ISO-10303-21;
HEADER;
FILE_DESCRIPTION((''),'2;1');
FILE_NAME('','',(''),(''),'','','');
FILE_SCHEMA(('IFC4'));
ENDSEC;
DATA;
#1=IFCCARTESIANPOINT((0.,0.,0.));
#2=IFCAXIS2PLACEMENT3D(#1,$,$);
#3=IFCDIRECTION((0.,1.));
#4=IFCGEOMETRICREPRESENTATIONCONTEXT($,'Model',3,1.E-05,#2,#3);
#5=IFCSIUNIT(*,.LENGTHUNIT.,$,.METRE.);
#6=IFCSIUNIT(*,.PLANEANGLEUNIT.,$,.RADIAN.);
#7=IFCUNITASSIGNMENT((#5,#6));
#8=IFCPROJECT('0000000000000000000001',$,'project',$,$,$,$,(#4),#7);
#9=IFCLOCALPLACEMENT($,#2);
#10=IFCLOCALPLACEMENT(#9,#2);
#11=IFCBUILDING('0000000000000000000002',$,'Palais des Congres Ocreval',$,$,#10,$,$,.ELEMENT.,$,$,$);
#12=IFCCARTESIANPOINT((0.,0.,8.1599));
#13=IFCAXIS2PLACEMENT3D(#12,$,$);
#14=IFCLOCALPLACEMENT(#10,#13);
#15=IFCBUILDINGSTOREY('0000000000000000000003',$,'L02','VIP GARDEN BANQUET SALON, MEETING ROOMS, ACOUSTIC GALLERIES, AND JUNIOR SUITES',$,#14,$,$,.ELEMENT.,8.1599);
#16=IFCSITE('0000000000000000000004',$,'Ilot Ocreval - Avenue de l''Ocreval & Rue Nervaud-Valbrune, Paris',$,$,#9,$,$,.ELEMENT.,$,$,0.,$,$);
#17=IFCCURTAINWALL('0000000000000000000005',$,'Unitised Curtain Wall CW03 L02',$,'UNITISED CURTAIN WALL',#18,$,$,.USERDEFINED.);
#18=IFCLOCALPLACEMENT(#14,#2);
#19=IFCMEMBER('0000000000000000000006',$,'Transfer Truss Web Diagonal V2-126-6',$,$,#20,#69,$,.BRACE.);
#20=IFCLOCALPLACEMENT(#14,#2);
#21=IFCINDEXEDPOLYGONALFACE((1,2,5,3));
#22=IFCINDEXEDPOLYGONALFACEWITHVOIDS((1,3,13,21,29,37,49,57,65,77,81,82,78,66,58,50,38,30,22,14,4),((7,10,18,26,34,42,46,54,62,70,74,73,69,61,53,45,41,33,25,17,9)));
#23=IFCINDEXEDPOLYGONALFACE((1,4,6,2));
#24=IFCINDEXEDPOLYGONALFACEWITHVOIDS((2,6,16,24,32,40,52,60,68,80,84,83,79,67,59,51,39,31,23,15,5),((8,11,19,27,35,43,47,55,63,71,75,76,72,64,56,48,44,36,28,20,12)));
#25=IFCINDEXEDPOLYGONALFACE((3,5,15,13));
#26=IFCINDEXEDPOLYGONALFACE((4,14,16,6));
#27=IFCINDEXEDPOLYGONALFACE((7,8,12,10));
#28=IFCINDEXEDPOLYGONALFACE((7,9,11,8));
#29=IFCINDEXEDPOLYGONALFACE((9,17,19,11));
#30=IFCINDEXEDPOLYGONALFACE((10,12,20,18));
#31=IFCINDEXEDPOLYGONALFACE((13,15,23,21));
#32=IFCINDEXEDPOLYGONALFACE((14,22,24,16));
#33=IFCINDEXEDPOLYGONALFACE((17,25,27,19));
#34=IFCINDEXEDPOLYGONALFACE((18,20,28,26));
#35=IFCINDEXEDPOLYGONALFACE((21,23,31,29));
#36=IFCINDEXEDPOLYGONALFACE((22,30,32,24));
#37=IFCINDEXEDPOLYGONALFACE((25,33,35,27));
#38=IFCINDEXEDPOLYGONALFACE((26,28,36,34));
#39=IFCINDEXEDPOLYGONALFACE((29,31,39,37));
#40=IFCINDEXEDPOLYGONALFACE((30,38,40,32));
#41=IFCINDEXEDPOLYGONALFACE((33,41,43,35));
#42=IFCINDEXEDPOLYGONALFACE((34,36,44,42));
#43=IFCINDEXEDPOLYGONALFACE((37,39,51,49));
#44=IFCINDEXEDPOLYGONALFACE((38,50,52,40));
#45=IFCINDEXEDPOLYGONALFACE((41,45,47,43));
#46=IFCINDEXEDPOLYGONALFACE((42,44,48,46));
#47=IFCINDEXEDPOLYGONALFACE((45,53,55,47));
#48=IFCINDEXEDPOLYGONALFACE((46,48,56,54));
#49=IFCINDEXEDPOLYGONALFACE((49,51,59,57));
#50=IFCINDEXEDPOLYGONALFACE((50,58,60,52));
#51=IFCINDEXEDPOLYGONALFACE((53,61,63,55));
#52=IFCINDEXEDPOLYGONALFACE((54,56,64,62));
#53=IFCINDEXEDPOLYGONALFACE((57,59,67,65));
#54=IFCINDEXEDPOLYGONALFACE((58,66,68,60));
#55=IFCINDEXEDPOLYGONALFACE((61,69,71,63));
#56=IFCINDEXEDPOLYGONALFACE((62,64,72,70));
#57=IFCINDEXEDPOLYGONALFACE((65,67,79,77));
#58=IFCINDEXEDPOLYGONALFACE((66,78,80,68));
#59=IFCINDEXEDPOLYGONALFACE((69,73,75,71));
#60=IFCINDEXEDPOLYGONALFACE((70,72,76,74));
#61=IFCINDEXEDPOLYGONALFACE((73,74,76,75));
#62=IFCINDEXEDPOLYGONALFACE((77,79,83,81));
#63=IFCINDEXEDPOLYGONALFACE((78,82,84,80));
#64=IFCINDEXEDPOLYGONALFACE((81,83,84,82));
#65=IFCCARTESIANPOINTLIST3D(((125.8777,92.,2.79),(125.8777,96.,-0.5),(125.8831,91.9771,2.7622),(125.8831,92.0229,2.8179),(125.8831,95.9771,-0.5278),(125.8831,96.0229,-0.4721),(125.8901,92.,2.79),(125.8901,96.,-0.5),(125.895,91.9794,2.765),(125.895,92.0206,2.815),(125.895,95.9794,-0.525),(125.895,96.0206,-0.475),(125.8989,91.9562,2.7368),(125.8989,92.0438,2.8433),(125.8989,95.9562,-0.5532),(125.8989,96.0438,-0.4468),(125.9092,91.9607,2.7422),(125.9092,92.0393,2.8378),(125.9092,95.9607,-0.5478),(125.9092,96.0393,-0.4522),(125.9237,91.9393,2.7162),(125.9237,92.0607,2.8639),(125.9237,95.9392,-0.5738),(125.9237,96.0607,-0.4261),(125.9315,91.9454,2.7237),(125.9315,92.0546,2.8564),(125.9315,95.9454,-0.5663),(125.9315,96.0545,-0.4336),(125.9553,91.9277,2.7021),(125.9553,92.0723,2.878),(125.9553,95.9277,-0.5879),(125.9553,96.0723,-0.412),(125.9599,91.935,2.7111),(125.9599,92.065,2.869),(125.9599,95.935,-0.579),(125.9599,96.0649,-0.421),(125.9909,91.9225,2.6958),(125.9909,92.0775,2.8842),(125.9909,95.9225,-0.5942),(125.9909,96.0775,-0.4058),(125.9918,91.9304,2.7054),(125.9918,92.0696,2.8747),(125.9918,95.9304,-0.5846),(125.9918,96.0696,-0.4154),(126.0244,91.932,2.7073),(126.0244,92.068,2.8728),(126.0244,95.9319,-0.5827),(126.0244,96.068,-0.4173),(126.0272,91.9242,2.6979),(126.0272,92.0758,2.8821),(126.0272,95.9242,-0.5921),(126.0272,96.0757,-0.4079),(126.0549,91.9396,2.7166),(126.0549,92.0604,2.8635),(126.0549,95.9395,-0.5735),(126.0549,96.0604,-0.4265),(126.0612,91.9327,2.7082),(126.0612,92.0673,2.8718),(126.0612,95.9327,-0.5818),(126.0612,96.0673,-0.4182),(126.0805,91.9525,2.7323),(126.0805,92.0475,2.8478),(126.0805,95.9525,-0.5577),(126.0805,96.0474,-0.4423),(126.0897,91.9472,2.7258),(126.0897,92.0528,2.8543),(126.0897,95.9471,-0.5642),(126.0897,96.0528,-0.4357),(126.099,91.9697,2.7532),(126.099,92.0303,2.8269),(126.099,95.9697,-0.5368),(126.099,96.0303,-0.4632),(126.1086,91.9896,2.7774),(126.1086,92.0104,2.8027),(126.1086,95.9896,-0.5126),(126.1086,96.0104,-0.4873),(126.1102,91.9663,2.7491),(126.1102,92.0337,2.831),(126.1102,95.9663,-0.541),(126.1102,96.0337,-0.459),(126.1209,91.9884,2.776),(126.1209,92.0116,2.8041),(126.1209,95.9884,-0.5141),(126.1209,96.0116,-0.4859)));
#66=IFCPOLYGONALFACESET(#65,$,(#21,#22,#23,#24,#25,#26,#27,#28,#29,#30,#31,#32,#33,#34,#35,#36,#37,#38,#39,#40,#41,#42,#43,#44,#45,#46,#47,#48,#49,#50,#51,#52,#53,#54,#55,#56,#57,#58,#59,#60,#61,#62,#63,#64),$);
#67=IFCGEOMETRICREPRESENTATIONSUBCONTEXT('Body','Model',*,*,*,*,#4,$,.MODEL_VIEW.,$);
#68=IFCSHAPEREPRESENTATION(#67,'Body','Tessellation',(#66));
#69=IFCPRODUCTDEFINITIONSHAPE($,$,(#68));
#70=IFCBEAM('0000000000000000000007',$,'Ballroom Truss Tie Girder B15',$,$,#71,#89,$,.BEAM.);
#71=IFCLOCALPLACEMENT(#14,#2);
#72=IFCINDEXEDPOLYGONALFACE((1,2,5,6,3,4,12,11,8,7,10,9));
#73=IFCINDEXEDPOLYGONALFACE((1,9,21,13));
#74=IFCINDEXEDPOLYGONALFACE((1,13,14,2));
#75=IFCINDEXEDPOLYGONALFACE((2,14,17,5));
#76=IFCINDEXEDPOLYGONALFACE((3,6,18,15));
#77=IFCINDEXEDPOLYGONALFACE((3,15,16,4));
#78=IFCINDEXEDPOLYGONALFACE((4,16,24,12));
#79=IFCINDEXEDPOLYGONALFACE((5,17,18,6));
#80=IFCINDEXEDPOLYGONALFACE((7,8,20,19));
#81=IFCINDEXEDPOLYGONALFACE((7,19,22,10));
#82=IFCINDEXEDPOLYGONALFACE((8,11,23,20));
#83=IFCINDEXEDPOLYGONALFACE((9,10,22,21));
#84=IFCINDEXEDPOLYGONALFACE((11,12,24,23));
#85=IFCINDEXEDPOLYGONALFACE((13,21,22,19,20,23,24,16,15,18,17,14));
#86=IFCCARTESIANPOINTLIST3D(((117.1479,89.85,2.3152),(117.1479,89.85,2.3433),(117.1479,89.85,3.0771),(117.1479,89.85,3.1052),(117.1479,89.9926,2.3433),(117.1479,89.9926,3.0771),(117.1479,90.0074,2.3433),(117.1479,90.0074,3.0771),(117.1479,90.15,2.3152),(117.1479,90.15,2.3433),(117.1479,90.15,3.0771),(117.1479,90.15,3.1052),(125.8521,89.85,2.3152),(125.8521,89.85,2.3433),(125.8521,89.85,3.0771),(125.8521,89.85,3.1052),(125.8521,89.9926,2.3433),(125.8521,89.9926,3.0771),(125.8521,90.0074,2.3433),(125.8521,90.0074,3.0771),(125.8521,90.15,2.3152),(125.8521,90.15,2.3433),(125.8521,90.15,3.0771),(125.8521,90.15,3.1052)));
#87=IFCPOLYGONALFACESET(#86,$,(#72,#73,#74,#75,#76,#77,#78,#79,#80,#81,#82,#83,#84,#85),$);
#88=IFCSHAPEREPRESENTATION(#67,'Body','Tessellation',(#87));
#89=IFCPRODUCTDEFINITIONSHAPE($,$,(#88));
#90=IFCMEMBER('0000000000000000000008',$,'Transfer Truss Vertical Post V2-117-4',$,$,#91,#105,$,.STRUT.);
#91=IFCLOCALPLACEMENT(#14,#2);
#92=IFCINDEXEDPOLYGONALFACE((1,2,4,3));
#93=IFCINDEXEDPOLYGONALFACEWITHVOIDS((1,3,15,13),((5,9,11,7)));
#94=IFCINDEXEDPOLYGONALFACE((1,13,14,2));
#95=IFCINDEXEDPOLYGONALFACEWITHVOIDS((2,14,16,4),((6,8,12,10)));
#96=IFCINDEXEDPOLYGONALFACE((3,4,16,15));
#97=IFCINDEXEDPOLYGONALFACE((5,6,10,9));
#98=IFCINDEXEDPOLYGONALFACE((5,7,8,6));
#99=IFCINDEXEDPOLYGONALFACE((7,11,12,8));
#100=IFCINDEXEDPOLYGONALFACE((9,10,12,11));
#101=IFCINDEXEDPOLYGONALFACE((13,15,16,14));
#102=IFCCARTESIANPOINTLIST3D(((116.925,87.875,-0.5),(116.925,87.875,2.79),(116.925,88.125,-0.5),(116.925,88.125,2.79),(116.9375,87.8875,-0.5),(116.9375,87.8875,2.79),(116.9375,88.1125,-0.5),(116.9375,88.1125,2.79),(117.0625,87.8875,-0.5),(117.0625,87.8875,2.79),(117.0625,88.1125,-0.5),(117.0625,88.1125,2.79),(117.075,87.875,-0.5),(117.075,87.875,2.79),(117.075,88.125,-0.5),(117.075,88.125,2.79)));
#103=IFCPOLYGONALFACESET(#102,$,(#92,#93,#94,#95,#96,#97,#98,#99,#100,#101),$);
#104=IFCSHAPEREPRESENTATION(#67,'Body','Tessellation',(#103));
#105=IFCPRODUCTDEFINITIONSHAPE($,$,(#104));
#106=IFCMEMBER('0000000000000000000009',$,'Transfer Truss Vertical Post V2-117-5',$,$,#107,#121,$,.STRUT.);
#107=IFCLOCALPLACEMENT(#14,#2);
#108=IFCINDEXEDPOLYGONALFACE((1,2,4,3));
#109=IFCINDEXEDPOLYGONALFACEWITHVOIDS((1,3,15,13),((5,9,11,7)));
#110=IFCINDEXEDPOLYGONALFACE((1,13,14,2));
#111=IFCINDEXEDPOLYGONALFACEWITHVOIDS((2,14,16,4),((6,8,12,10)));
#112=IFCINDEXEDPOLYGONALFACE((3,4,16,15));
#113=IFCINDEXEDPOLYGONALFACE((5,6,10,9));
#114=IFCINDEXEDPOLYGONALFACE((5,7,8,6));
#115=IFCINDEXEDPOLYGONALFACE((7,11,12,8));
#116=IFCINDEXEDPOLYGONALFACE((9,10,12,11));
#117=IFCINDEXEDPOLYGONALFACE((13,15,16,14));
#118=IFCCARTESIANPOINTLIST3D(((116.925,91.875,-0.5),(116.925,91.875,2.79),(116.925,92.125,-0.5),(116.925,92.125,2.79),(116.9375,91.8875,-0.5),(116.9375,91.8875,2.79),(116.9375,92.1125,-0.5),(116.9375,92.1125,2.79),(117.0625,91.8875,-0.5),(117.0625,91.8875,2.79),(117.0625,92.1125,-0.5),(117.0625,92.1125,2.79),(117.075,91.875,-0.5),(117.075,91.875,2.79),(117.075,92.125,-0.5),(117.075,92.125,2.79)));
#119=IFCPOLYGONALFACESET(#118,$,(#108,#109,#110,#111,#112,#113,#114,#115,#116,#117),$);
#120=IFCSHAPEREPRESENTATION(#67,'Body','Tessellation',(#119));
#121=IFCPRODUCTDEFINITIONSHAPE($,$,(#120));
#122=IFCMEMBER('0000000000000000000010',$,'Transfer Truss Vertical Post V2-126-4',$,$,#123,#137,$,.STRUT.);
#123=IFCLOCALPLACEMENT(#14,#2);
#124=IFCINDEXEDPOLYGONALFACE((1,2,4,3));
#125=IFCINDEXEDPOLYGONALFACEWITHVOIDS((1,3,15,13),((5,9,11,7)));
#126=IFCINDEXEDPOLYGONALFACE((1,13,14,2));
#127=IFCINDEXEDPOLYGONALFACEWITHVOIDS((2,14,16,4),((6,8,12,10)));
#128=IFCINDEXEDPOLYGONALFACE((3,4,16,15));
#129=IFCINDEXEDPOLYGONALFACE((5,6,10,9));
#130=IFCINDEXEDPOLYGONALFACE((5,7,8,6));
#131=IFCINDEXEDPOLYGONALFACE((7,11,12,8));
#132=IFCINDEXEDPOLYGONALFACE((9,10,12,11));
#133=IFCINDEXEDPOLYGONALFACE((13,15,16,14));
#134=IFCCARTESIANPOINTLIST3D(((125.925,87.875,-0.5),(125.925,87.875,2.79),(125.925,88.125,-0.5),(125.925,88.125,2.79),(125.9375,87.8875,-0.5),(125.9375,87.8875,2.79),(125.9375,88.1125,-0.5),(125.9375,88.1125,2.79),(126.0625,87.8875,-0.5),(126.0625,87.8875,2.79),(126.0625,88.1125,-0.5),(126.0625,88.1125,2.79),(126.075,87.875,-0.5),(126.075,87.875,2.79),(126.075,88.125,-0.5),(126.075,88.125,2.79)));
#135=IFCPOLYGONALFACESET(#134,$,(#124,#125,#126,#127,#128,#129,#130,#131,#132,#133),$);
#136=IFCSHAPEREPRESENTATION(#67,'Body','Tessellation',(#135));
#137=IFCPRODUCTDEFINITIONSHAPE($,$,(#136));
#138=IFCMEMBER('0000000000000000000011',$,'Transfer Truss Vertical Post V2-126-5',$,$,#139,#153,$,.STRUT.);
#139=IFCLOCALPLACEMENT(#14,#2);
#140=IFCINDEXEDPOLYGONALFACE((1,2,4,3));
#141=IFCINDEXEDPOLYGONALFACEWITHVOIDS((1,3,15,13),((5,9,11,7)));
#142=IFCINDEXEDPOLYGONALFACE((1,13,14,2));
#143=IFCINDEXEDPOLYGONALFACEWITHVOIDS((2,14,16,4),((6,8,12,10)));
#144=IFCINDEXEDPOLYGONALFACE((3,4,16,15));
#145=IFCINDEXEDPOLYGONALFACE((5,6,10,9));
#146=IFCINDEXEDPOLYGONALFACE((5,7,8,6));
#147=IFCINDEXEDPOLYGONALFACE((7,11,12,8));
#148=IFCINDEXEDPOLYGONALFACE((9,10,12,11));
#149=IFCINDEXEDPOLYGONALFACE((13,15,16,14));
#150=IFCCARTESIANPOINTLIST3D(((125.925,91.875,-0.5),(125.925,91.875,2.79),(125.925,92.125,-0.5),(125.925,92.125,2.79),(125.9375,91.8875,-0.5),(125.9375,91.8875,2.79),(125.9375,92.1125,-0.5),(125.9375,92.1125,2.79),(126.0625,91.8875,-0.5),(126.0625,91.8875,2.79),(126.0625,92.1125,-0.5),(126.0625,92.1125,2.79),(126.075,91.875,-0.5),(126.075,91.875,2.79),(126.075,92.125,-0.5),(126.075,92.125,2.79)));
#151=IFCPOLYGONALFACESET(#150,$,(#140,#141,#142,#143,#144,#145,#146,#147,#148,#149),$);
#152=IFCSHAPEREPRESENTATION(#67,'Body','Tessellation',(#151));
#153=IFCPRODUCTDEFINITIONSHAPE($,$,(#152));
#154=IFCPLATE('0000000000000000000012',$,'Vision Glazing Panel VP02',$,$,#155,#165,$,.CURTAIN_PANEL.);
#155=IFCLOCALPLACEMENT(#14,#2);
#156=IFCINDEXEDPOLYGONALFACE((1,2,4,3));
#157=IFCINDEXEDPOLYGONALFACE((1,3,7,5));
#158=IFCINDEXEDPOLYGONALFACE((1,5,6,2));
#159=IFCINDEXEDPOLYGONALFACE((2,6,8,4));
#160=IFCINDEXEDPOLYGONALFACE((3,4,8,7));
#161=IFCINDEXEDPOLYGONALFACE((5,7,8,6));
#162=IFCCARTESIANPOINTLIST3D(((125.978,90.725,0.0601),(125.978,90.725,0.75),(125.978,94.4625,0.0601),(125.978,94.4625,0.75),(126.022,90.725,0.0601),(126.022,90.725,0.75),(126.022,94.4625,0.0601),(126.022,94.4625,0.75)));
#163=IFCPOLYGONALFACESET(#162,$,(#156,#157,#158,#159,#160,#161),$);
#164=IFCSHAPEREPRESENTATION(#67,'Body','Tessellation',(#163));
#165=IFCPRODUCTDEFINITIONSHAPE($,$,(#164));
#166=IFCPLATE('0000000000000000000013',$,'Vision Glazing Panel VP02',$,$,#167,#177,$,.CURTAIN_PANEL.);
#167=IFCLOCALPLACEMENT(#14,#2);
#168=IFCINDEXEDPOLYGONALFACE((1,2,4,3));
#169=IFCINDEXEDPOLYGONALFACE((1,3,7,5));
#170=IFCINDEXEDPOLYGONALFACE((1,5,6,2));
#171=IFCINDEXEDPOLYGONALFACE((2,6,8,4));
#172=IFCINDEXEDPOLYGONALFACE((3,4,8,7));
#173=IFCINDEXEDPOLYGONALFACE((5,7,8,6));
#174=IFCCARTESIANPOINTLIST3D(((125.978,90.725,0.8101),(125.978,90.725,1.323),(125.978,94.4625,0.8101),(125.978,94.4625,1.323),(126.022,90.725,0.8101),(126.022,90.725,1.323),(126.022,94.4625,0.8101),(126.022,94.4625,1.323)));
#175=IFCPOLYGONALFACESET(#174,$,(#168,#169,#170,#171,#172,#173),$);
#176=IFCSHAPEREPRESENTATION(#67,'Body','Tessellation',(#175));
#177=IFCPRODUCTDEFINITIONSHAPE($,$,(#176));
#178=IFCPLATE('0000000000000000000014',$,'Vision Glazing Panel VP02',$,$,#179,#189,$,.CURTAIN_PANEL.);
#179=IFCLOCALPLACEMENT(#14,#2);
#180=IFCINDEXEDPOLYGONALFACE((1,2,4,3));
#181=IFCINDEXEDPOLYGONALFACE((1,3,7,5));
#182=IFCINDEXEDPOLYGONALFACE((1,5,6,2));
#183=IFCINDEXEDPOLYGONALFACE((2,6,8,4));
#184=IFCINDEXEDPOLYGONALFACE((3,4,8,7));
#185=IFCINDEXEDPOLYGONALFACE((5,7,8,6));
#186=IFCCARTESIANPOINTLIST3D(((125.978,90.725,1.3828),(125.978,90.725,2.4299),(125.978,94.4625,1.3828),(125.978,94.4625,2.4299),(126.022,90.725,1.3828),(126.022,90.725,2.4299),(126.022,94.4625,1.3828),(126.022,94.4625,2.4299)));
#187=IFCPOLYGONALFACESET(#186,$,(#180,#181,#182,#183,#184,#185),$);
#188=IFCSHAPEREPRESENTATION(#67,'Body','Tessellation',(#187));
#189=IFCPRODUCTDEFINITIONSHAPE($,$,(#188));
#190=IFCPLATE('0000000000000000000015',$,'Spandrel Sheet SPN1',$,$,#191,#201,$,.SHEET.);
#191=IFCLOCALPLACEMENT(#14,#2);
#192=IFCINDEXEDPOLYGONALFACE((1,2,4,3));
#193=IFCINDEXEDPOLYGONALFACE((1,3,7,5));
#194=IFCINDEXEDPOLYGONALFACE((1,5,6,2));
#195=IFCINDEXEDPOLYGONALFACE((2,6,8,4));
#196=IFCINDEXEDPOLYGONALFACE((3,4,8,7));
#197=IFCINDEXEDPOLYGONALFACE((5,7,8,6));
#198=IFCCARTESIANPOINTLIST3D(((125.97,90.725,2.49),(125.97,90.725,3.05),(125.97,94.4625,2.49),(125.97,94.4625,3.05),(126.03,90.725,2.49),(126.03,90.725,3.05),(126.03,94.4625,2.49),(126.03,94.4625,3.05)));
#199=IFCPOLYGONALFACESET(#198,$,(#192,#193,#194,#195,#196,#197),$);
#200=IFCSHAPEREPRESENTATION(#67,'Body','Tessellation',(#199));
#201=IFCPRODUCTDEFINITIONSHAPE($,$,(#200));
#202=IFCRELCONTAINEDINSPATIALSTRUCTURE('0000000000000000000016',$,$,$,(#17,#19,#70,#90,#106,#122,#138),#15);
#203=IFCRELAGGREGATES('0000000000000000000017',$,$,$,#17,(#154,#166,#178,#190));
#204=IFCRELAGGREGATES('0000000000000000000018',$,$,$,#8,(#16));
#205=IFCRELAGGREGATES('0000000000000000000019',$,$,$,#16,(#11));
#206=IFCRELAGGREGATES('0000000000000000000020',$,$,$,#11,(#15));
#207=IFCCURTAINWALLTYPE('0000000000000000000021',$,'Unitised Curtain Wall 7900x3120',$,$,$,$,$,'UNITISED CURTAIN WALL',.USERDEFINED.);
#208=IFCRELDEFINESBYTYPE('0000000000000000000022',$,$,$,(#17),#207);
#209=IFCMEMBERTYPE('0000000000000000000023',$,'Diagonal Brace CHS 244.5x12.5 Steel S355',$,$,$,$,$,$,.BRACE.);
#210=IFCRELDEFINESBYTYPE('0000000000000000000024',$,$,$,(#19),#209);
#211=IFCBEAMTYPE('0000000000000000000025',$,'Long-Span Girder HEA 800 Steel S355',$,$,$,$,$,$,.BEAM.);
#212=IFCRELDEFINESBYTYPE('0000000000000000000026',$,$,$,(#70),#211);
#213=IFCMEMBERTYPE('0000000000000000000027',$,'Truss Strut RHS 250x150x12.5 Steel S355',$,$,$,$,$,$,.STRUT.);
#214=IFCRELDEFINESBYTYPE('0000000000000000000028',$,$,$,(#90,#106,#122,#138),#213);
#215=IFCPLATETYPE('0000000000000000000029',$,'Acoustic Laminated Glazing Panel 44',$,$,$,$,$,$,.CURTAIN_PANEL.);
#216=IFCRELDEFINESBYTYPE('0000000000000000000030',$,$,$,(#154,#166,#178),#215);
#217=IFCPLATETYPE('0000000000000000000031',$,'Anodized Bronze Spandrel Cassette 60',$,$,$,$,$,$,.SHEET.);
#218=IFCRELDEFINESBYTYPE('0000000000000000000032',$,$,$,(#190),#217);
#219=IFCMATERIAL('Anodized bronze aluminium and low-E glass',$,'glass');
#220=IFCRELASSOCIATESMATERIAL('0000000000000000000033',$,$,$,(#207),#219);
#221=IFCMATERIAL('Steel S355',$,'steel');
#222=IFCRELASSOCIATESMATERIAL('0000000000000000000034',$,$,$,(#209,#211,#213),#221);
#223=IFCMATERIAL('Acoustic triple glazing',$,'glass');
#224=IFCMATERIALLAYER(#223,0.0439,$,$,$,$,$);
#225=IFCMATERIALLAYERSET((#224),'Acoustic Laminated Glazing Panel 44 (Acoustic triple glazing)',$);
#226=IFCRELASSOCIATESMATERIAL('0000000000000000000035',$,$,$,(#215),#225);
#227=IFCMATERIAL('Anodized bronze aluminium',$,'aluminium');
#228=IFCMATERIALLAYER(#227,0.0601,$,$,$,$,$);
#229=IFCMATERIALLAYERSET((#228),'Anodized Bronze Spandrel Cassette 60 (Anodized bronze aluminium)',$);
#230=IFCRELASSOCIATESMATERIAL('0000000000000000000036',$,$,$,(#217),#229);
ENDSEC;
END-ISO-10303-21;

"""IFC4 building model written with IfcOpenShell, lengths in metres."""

from ifc_helpers import new_model, si_unit, direction, frame, origin, origin_2d, place, context, subcontext, project, spatial, rectangle, hollow_rectangle, hollow_circle, i_section, extrude, material, layer, layer_set, material_profile, profile_set, type_object, element, aggregate, save


model = new_model("IFC4")

# Units and contexts
model_context = context("Model", 3, precision=1e-05, world=origin(), true_north=direction((0.0, 1.0)))
body_context = subcontext(model_context, "Body", "Model", "MODEL_VIEW")
ifc_project = project(units=[si_unit("LENGTHUNIT", "METRE"), si_unit("PLANEANGLEUNIT", "RADIAN")], contexts=[model_context])

# Site, building, storey
site_placement = place(None, origin())
site = spatial("IfcSite", under=ifc_project, at=site_placement, Name="Ilot Ocreval - Avenue de l'Ocreval & Rue Nervaud-Valbrune, Paris", CompositionType="ELEMENT", RefElevation=0.0)
building_placement = place(site_placement, origin())
building = spatial("IfcBuilding", under=site, at=building_placement, Name="Palais des Congres Ocreval", CompositionType="ELEMENT")
storey_placement = place(building_placement, frame((0.0, 0.0, 8.1599)))
storey = spatial("IfcBuildingStorey", under=building, at=storey_placement, Name="L02", Description="VIP GARDEN BANQUET SALON, MEETING ROOMS, ACOUSTIC GALLERIES, AND JUNIOR SUITES", CompositionType="ELEMENT", Elevation=8.1599)

# Curtain wall
ifc_material_1 = material(Name="Anodized bronze aluminium and low-E glass", Category="glass")
curtain_wall_type = type_object("IfcCurtainWallType", Name="Unitised Curtain Wall 7900x3120", ElementType="UNITISED CURTAIN WALL", PredefinedType="USERDEFINED", material=ifc_material_1)
curtain_wall_1_placement = place(storey_placement, origin())
curtain_wall_1 = element("IfcCurtainWall", 1, at=curtain_wall_1_placement, inside=storey, type_object=curtain_wall_type, Name="Unitised Curtain Wall CW03 L02", ObjectType="UNITISED CURTAIN WALL", PredefinedType="USERDEFINED")
ifc_material_2 = material(Name="Anodized bronze aluminium", Category="aluminium")

# Member
ifc_material_3 = material(Name="Steel S355", Category="steel")
ifc_material_profile_1 = material_profile(ifc_material_3, hollow_circle(Radius=0.1223, WallThickness=0.0125, at=origin_2d()), Name="CHS 244.5x12.5")
ifc_profile_set_1 = profile_set([ifc_material_profile_1], Name="Steel S355")
member_type_1 = type_object("IfcMemberType", Name="Diagonal Brace CHS 244.5x12.5 Steel S355", PredefinedType="BRACE", material=ifc_profile_set_1)
for number, where, z_axis, x_axis, name in (
    (2, (126.0, 92.0, 2.79), (0.0, 0.772317, -0.635238), (-1.0, 0.0, 0.0), "Transfer Truss Web Diagonal V2-126-6"),
):
    element("IfcMember", number, at=place(storey_placement, frame(where, z_axis=z_axis, x_axis=x_axis)), inside=storey, type_object=member_type_1, Name=name, PredefinedType="BRACE", context=body_context, shape_type="SweptSolid", body=[
        extrude(hollow_circle(Radius=0.1223, WallThickness=0.0125, at=origin_2d()), origin(), (0.0, 0.0, 1.0), 5.1792),
    ])

# Beam
ifc_material_profile_2 = material_profile(ifc_material_3, i_section(OverallWidth=0.3, OverallDepth=0.79, WebThickness=0.0149, FlangeThickness=0.0281, at=origin_2d()), Name="HEA 800")
ifc_profile_set_2 = profile_set([ifc_material_profile_2], Name="Steel S355")
beam_type = type_object("IfcBeamType", Name="Long-Span Girder HEA 800 Steel S355", PredefinedType="BEAM", material=ifc_profile_set_2)
beam_placement = place(storey_placement, frame((117.1479, 90.0, 2.7102), z_axis=(1.0, 0.0, 0.0), x_axis=(0.0, 1.0, 0.0)))
element("IfcBeam", 3, at=beam_placement, inside=storey, type_object=beam_type, Name="Ballroom Truss Tie Girder B15", PredefinedType="BEAM", context=body_context, shape_type="SweptSolid", body=[
    extrude(i_section(OverallWidth=0.3, OverallDepth=0.79, WebThickness=0.0149, FlangeThickness=0.0281, at=origin_2d()), origin(), (0.0, 0.0, 1.0), 8.7041),
])

# Members
ifc_material_profile_3 = material_profile(ifc_material_3, hollow_rectangle(XDim=0.1499, YDim=0.25, WallThickness=0.0125, at=origin_2d()), Name="RHS 250x150x12.5")
ifc_profile_set_3 = profile_set([ifc_material_profile_3], Name="Steel S355")
member_type_2 = type_object("IfcMemberType", Name="Truss Strut RHS 250x150x12.5 Steel S355", PredefinedType="STRUT", material=ifc_profile_set_3)
for number, where, z_axis, x_axis, name in (
    (4, (117.0, 88.0, -0.5), (0.0, 0.0, 1.0), (1.0, 0.0, 0.0), "Transfer Truss Vertical Post V2-117-4"),
    (5, (117.0, 92.0, -0.5), (0.0, 0.0, 1.0), (1.0, 0.0, 0.0), "Transfer Truss Vertical Post V2-117-5"),
    (6, (126.0, 88.0, -0.5), (0.0, 0.0, 1.0), (1.0, 0.0, 0.0), "Transfer Truss Vertical Post V2-126-4"),
    (7, (126.0, 92.0, -0.5), (0.0, 0.0, 1.0), (1.0, 0.0, 0.0), "Transfer Truss Vertical Post V2-126-5"),
):
    element("IfcMember", number, at=place(storey_placement, frame(where, z_axis=z_axis, x_axis=x_axis)), inside=storey, type_object=member_type_2, Name=name, PredefinedType="STRUT", context=body_context, shape_type="SweptSolid", body=[
        extrude(hollow_rectangle(XDim=0.1499, YDim=0.25, WallThickness=0.0125, at=origin_2d()), origin(), (0.0, 0.0, 1.0), 3.29),
    ])

# Plates
ifc_material_4 = material(Name="Acoustic triple glazing", Category="glass")
ifc_layer_1 = layer(ifc_material_4, 0.0439)
ifc_layer_set_1 = layer_set([ifc_layer_1], Name="Acoustic Laminated Glazing Panel 44 (Acoustic triple glazing)")
plate_type_1 = type_object("IfcPlateType", Name="Acoustic Laminated Glazing Panel 44", PredefinedType="CURTAIN_PANEL", material=ifc_layer_set_1)
plate_1_placement = place(storey_placement, frame((126.0, 92.5938, 0.0601), z_axis=(0.0, 0.0, 1.0), x_axis=(0.0, -1.0, 0.0)))
plate_1 = element("IfcPlate", 8, at=plate_1_placement, type_object=plate_type_1, Name="Vision Glazing Panel VP02", PredefinedType="CURTAIN_PANEL", context=body_context, shape_type="SweptSolid", body=[
    extrude(rectangle(XDim=3.7375, YDim=0.0439, at=origin_2d()), origin(), (0.0, 0.0, 1.0), 0.6899),
])
plate_2_placement = place(storey_placement, frame((126.0, 92.5938, 0.8101), z_axis=(0.0, 0.0, 1.0), x_axis=(0.0, -1.0, 0.0)))
plate_2 = element("IfcPlate", 9, at=plate_2_placement, type_object=plate_type_1, Name="Vision Glazing Panel VP02", PredefinedType="CURTAIN_PANEL", context=body_context, shape_type="SweptSolid", body=[
    extrude(rectangle(XDim=3.7375, YDim=0.0439, at=origin_2d()), origin(), (0.0, 0.0, 1.0), 0.5129),
])
plate_3_placement = place(storey_placement, frame((126.0, 92.5938, 1.3828), z_axis=(0.0, 0.0, 1.0), x_axis=(0.0, -1.0, 0.0)))
plate_3 = element("IfcPlate", 10, at=plate_3_placement, type_object=plate_type_1, Name="Vision Glazing Panel VP02", PredefinedType="CURTAIN_PANEL", context=body_context, shape_type="SweptSolid", body=[
    extrude(rectangle(XDim=3.7375, YDim=0.0439, at=origin_2d()), origin(), (0.0, 0.0, 1.0), 1.0471),
])
ifc_layer_2 = layer(ifc_material_2, 0.0601)
ifc_layer_set_2 = layer_set([ifc_layer_2], Name="Anodized Bronze Spandrel Cassette 60 (Anodized bronze aluminium)")
plate_type_2 = type_object("IfcPlateType", Name="Anodized Bronze Spandrel Cassette 60", PredefinedType="SHEET", material=ifc_layer_set_2)
plate_4_placement = place(storey_placement, frame((126.0, 92.5938, 2.49), z_axis=(0.0, 0.0, 1.0), x_axis=(0.0, -1.0, 0.0)))
plate_4 = element("IfcPlate", 11, at=plate_4_placement, type_object=plate_type_2, Name="Spandrel Sheet SPN1", PredefinedType="SHEET", context=body_context, shape_type="SweptSolid", body=[
    extrude(rectangle(XDim=3.7375, YDim=0.0601, at=origin_2d()), origin(), (0.0, 0.0, 1.0), 0.5601),
])
aggregate(curtain_wall_1, [plate_1, plate_2, plate_3, plate_4])

save(model, "model.ifc")
